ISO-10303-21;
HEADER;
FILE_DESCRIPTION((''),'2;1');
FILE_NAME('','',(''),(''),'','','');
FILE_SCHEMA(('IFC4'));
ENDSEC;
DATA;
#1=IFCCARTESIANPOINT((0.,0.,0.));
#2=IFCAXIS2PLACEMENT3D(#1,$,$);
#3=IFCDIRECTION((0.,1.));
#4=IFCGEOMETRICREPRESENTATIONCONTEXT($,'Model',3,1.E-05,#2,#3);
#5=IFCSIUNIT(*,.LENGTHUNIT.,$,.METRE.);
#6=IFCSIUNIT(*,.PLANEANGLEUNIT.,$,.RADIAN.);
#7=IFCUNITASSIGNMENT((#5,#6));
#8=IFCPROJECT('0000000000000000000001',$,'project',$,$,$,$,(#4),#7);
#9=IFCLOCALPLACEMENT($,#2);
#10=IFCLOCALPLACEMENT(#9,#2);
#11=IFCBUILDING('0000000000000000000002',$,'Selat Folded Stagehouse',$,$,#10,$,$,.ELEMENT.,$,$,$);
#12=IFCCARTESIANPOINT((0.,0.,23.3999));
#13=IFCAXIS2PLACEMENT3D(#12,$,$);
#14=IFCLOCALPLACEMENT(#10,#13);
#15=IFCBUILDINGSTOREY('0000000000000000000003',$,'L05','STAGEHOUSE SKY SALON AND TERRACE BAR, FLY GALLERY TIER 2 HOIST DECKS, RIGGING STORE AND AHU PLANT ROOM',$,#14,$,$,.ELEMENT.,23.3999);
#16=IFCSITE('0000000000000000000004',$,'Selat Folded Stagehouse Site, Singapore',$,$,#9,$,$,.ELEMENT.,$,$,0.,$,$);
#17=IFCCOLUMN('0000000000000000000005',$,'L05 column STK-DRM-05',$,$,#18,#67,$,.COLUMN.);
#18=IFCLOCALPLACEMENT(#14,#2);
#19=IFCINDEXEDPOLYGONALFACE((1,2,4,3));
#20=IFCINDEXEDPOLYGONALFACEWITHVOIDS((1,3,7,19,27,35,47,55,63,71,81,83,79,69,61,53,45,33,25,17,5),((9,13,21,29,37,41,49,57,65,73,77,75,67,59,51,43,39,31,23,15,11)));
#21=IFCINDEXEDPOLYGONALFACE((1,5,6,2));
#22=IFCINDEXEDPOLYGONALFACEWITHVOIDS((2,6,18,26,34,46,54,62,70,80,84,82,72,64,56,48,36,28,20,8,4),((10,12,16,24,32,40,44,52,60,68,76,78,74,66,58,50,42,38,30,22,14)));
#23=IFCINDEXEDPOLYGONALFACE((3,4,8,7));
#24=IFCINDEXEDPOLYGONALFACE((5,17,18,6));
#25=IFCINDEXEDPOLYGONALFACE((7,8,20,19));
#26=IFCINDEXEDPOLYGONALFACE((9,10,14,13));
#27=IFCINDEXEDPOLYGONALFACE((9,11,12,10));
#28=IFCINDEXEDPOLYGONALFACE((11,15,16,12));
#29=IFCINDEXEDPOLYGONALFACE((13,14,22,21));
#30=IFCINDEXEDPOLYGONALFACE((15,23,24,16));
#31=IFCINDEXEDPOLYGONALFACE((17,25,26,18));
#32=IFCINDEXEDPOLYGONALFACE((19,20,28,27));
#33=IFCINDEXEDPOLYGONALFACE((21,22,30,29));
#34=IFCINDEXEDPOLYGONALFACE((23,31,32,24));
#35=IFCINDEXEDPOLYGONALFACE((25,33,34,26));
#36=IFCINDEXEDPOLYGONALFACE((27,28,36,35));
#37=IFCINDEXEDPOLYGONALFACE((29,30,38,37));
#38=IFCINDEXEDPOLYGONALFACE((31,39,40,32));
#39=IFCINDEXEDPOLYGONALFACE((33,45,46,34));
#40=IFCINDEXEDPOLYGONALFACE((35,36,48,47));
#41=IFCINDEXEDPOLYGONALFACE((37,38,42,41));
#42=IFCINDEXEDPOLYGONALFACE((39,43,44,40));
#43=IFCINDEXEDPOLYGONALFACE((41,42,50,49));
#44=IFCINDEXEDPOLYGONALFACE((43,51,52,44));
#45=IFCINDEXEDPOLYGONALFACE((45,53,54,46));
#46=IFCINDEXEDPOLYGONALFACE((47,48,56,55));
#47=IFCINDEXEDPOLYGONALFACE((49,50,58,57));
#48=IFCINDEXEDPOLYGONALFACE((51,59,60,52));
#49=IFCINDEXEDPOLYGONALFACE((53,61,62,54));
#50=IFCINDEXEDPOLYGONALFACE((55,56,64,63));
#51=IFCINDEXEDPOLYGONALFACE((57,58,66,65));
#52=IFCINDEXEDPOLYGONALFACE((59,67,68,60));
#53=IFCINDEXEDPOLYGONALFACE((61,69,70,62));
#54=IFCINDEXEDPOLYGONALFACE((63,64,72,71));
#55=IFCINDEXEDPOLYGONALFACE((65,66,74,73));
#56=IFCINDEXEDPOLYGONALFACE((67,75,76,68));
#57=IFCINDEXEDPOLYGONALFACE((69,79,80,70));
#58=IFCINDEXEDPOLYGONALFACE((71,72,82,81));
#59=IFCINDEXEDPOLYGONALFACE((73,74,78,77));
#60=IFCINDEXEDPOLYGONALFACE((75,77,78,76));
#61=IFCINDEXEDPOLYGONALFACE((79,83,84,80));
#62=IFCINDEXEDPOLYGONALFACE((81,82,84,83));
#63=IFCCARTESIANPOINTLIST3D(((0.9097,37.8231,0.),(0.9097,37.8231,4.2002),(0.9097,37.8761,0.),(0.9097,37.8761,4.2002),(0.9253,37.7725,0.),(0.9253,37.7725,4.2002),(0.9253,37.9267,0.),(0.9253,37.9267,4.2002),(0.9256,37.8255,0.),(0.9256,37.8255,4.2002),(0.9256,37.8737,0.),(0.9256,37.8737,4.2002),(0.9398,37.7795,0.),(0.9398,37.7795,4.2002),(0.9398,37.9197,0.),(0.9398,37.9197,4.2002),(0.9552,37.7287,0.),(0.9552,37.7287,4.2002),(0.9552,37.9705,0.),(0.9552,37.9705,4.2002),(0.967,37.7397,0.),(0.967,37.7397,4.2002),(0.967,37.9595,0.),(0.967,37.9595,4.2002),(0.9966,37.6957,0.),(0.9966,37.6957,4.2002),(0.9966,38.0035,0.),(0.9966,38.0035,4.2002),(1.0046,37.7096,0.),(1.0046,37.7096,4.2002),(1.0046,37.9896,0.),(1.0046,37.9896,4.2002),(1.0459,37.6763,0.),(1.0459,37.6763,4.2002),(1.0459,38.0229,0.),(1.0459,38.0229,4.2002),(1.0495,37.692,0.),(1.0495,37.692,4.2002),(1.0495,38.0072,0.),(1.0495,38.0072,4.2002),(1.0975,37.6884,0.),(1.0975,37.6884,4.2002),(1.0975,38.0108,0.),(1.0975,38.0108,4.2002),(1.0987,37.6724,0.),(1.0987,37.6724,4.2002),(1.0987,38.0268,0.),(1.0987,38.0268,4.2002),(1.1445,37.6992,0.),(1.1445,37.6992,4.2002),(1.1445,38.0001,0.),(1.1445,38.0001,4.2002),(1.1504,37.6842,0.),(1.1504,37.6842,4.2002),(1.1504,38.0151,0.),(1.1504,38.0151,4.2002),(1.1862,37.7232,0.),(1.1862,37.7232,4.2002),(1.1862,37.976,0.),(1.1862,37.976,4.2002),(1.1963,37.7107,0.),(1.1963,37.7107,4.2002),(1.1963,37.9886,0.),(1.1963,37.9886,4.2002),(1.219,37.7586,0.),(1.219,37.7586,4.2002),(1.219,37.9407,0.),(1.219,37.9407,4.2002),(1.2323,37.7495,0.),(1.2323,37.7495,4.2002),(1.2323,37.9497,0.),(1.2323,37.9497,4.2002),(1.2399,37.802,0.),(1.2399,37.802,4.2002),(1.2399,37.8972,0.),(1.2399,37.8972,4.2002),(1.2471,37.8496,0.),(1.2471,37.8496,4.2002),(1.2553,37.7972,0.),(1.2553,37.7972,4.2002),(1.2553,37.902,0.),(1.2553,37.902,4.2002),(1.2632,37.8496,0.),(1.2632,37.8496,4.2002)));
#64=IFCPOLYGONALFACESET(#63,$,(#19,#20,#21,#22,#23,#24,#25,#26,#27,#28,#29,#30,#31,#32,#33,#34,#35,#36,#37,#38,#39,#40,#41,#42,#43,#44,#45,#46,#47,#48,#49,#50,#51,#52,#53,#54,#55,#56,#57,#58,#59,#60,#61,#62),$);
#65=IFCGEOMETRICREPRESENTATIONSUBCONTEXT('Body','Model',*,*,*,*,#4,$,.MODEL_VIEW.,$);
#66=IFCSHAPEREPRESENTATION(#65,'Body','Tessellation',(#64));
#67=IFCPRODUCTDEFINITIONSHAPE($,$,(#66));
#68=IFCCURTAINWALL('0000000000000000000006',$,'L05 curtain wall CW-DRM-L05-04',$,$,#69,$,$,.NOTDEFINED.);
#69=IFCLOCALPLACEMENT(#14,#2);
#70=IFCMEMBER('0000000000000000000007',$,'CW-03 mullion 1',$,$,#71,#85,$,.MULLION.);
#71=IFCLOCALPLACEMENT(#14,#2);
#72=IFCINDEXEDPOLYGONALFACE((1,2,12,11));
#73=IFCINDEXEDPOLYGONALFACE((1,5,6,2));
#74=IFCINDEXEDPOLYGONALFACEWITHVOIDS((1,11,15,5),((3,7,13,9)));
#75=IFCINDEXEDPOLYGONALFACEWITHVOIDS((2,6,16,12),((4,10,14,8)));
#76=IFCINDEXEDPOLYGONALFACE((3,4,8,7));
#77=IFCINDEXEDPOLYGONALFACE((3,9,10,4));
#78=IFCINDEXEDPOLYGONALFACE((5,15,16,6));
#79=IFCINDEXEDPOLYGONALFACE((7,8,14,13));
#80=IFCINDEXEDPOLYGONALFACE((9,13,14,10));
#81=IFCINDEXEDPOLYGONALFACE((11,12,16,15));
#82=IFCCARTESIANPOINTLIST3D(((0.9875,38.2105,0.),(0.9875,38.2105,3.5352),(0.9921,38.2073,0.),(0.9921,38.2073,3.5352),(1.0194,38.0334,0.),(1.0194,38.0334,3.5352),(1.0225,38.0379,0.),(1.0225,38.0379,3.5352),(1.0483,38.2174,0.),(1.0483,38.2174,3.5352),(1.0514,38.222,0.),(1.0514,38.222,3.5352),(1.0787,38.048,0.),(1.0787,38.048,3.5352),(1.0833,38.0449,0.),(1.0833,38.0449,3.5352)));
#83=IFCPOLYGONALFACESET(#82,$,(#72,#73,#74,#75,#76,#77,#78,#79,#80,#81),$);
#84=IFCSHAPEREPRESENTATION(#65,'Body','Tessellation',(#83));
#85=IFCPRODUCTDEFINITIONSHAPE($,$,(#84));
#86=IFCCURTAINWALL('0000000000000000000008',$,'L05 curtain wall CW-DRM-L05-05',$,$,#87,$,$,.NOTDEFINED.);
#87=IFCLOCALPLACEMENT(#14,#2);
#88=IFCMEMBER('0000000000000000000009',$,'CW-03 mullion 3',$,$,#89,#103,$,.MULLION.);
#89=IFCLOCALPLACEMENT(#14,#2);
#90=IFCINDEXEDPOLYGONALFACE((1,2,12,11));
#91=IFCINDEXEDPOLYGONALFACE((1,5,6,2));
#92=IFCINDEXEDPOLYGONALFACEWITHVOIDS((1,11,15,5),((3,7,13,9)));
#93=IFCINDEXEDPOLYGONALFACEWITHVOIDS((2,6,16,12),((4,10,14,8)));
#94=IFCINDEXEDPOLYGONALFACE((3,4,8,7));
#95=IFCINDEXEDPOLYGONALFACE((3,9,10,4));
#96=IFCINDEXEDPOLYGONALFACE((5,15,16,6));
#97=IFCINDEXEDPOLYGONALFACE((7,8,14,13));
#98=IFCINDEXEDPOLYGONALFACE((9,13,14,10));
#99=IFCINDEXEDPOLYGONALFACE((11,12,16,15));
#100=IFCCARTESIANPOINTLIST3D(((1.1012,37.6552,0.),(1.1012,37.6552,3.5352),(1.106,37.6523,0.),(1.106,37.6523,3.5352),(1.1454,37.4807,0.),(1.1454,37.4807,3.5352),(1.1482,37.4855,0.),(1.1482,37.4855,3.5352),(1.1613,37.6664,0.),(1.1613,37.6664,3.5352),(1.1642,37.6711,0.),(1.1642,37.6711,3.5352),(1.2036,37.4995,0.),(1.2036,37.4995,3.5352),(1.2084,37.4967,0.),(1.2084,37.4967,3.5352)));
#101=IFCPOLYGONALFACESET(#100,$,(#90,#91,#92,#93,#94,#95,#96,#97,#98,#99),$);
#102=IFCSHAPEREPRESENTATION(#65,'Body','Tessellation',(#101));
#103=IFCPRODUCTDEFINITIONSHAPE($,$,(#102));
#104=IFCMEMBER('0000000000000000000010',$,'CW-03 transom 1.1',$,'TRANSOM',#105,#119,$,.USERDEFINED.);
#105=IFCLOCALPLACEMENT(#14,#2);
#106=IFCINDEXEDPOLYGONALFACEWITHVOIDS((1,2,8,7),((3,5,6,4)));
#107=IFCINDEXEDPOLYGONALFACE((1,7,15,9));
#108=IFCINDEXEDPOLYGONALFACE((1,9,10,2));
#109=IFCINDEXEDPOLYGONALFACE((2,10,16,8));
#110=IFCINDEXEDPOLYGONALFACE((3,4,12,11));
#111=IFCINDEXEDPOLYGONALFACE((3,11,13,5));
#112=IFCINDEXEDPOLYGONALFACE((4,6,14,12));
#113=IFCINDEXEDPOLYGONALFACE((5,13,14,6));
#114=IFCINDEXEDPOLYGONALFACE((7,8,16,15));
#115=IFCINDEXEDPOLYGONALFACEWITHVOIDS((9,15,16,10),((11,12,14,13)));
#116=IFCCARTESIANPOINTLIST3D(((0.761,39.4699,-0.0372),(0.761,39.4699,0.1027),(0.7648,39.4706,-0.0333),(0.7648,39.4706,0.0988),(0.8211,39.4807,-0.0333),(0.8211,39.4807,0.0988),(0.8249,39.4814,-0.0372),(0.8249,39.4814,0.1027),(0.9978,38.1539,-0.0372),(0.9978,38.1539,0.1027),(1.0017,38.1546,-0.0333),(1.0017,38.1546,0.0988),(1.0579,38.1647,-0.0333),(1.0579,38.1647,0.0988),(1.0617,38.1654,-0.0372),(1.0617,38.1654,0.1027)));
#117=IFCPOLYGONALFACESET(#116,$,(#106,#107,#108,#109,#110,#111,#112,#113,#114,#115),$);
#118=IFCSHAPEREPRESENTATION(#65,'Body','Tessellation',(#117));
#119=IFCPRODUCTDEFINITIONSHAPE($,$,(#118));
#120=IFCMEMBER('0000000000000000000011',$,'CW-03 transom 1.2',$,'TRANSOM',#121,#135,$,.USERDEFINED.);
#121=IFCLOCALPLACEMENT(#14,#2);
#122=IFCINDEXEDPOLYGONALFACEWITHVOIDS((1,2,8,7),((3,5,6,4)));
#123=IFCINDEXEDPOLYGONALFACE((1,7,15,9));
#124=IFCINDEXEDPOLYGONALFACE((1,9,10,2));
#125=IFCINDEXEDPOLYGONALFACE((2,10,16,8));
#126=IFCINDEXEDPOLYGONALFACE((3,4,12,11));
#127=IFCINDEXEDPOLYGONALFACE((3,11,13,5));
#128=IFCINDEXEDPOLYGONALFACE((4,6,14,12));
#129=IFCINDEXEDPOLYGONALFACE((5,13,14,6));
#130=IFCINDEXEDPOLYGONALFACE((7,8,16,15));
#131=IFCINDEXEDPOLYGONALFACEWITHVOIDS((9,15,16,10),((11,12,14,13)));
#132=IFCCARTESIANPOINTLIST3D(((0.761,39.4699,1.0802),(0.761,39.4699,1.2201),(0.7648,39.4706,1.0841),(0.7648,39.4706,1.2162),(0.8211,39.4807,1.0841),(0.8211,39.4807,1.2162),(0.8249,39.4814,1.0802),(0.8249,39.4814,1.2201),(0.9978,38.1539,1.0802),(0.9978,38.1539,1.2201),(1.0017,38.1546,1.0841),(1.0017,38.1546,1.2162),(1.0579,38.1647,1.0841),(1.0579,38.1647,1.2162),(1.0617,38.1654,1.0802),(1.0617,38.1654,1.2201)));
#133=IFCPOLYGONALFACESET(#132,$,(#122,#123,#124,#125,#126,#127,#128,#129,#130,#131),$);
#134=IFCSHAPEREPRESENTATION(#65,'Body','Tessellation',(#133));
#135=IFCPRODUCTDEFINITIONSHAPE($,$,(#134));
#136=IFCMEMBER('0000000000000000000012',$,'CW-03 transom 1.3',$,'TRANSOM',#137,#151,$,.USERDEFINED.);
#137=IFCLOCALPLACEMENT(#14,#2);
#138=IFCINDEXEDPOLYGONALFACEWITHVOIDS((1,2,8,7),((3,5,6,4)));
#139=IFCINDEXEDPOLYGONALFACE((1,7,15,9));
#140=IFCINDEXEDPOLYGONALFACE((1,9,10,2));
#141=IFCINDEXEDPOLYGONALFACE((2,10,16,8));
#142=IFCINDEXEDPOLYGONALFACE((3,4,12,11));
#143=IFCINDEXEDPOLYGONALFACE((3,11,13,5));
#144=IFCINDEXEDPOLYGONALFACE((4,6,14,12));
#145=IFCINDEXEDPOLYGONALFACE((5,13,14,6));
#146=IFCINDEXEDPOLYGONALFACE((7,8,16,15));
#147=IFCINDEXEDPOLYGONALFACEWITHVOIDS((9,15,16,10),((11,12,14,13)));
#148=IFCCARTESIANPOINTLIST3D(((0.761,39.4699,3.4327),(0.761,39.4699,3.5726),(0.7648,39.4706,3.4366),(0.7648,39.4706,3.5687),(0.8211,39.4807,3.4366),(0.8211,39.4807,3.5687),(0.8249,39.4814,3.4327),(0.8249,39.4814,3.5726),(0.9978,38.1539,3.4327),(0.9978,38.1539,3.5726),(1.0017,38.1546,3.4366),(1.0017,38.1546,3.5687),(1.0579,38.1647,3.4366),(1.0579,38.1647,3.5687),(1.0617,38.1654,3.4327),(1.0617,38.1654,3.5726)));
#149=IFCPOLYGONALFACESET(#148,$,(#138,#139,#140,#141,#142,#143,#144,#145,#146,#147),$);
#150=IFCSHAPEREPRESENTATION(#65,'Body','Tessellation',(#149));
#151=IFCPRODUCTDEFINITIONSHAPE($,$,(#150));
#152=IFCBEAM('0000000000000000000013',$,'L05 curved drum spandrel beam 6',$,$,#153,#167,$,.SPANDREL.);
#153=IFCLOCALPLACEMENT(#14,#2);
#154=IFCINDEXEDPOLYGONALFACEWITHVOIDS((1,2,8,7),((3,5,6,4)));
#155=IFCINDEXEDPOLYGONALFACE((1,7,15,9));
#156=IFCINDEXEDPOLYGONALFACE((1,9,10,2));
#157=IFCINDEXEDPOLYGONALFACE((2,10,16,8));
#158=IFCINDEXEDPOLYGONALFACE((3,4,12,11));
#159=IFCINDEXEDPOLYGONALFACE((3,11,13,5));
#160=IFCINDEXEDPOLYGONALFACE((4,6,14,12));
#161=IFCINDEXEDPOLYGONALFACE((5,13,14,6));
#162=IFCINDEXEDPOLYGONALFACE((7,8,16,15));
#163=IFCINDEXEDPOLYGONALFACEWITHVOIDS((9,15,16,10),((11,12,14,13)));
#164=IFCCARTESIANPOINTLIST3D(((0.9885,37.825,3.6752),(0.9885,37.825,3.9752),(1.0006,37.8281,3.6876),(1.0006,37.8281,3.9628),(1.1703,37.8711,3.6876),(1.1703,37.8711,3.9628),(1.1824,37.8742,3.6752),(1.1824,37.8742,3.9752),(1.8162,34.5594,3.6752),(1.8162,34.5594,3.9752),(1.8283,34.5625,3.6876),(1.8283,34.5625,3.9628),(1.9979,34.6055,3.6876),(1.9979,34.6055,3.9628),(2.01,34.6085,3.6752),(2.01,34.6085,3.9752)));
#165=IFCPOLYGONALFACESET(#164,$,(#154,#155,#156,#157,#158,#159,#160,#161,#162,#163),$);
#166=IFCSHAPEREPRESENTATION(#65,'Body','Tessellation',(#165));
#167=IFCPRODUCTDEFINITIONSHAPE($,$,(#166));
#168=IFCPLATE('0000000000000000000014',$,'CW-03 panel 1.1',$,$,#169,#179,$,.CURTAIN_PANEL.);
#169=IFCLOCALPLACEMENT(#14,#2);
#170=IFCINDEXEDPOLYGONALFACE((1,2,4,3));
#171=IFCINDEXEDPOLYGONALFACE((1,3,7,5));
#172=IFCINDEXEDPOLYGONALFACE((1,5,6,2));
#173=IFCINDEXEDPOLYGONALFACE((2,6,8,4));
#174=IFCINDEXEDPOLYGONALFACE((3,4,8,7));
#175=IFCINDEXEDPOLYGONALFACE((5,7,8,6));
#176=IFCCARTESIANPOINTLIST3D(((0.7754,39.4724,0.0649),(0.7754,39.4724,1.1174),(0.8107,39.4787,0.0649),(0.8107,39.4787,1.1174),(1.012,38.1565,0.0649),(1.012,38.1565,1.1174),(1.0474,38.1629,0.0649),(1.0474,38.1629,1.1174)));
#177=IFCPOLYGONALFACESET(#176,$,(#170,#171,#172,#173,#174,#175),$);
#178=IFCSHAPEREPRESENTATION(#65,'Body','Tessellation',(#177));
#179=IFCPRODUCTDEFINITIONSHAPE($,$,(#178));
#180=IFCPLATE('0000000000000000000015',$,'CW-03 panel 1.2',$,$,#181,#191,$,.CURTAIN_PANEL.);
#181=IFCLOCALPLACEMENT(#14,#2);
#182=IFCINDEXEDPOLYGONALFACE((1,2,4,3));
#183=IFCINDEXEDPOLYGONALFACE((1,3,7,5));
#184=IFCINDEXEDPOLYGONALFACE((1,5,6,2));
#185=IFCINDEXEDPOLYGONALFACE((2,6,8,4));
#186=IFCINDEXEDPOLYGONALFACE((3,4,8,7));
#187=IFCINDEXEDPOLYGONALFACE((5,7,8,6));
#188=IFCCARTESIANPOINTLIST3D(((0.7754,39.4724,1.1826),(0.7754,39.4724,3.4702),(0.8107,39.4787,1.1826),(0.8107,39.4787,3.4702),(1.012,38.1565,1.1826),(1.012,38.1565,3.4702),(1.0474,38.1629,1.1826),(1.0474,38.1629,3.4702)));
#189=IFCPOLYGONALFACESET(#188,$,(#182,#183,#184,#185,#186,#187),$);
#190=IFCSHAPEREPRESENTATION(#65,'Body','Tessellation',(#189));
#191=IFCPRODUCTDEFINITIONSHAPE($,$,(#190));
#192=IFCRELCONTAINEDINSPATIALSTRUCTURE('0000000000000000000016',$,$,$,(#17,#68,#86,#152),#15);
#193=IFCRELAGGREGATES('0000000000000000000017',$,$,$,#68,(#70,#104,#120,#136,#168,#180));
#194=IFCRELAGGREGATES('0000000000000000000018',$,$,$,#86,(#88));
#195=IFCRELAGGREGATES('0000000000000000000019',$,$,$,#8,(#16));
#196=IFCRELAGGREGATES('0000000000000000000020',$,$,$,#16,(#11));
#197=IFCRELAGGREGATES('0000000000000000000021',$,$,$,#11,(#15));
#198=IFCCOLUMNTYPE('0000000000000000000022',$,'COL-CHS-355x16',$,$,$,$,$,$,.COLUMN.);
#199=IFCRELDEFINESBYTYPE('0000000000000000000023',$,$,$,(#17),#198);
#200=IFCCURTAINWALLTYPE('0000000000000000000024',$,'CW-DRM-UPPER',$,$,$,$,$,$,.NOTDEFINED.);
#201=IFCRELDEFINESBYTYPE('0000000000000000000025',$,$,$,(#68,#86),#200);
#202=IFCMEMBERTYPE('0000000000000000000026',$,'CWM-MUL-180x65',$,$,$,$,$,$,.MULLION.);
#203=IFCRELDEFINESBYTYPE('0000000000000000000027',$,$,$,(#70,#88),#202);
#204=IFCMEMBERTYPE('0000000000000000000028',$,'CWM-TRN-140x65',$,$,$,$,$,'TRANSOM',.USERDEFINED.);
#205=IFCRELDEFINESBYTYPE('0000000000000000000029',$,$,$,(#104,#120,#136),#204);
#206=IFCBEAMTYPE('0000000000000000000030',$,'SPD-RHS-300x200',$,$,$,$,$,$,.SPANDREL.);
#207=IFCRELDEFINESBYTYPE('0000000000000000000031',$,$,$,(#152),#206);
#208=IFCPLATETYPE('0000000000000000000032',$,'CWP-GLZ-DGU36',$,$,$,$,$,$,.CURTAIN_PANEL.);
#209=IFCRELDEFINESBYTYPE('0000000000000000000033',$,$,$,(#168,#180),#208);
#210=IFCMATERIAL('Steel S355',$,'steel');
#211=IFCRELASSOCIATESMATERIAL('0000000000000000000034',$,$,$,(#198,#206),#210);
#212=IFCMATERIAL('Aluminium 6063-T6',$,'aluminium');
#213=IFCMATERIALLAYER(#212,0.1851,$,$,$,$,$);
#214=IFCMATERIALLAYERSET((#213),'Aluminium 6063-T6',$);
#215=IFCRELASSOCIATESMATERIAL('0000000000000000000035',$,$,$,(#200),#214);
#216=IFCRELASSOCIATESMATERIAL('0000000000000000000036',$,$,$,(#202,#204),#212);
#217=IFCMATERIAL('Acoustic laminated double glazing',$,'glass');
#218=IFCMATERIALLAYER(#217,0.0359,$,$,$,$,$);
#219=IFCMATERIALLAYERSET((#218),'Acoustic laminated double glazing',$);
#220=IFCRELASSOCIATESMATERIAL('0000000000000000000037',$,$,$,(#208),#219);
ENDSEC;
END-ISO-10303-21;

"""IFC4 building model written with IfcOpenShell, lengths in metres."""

from ifc_helpers import new_model, si_unit, direction, frame, origin, origin_2d, place, context, subcontext, project, spatial, rectangle, hollow_rectangle, hollow_circle, extrude, material, layer, layer_set, material_profile, profile_set, type_object, element, aggregate, save


model = new_model("IFC4")

# Units and contexts
model_context = context("Model", 3, precision=1e-05, world=origin(), true_north=direction((0.0, 1.0)))
body_context = subcontext(model_context, "Body", "Model", "MODEL_VIEW")
ifc_project = project(units=[si_unit("LENGTHUNIT", "METRE"), si_unit("PLANEANGLEUNIT", "RADIAN")], contexts=[model_context])

# Site, building, storey
site_placement = place(None, origin())
site = spatial("IfcSite", under=ifc_project, at=site_placement, Name="Selat Folded Stagehouse Site, Singapore", CompositionType="ELEMENT", RefElevation=0.0)
building_placement = place(site_placement, origin())
building = spatial("IfcBuilding", under=site, at=building_placement, Name="Selat Folded Stagehouse", CompositionType="ELEMENT")
storey_placement = place(building_placement, frame((0.0, 0.0, 23.3999)))
storey = spatial("IfcBuildingStorey", under=building, at=storey_placement, Name="L05", Description="STAGEHOUSE SKY SALON AND TERRACE BAR, FLY GALLERY TIER 2 HOIST DECKS, RIGGING STORE AND AHU PLANT ROOM", CompositionType="ELEMENT", Elevation=23.3999)

# Column
ifc_material_1 = material(Name="Steel S355", Category="steel")
ifc_material_profile_1 = material_profile(ifc_material_1, hollow_circle(Radius=0.1777, WallThickness=0.0161, at=origin_2d()), Name="CHS 355.6x16.0")
ifc_profile_set_1 = profile_set([ifc_material_profile_1], Name="Steel S355")
column_type = type_object("IfcColumnType", Name="COL-CHS-355x16", PredefinedType="COLUMN", material=ifc_profile_set_1)
column_placement = place(storey_placement, frame((1.0854, 37.8496, 0.0), z_axis=(0.0, 0.0, 1.0), x_axis=(1.0, 0.0, 0.0)))
element("IfcColumn", 1, at=column_placement, inside=storey, type_object=column_type, Name="L05 column STK-DRM-05", PredefinedType="COLUMN", context=body_context, shape_type="SweptSolid", body=[
    extrude(hollow_circle(Radius=0.1777, WallThickness=0.0161, at=origin_2d()), origin(), (0.0, 0.0, 1.0), 4.2002),
])

# Curtain walls, members
ifc_material_2 = material(Name="Aluminium 6063-T6", Category="aluminium")
ifc_layer_1 = layer(ifc_material_2, 0.1851)
ifc_layer_set_1 = layer_set([ifc_layer_1], Name="Aluminium 6063-T6")
curtain_wall_type = type_object("IfcCurtainWallType", Name="CW-DRM-UPPER", PredefinedType="NOTDEFINED", material=ifc_layer_set_1)
curtain_wall_1_placement = place(storey_placement, origin())
curtain_wall_1 = element("IfcCurtainWall", 2, at=curtain_wall_1_placement, inside=storey, type_object=curtain_wall_type, Name="L05 curtain wall CW-DRM-L05-04", PredefinedType="NOTDEFINED")
ifc_material_profile_2 = material_profile(ifc_material_2, hollow_rectangle(XDim=0.0649, YDim=0.1799, WallThickness=0.0039, at=origin_2d()), Name="ALU 180x65x4.0")
ifc_profile_set_2 = profile_set([ifc_material_profile_2], Name="Aluminium 6063-T6")
member_type_1 = type_object("IfcMemberType", Name="CWM-MUL-180x65", PredefinedType="MULLION", material=ifc_profile_set_2)
member_1_placement = place(storey_placement, frame((1.0354, 38.1277, 0.0), z_axis=(0.0, 0.0, 1.0), x_axis=(-0.984211, -0.177002, 0.0)))
member_1 = element("IfcMember", 3, at=member_1_placement, type_object=member_type_1, Name="CW-03 mullion 1", PredefinedType="MULLION", context=body_context, shape_type="SweptSolid", body=[
    extrude(hollow_rectangle(XDim=0.0649, YDim=0.1799, WallThickness=0.0039, at=origin_2d()), origin(), (0.0, 0.0, 1.0), 3.5352),
])
curtain_wall_2_placement = place(storey_placement, origin())
curtain_wall_2 = element("IfcCurtainWall", 4, at=curtain_wall_2_placement, inside=storey, type_object=curtain_wall_type, Name="L05 curtain wall CW-DRM-L05-05", PredefinedType="NOTDEFINED")
member_2_placement = place(storey_placement, frame((1.1548, 37.5759, 0.0), z_axis=(0.0, 0.0, 1.0), x_axis=(-0.969367, -0.245618, 0.0)))
member_2 = element("IfcMember", 5, at=member_2_placement, type_object=member_type_1, Name="CW-03 mullion 3", PredefinedType="MULLION", context=body_context, shape_type="SweptSolid", body=[
    extrude(hollow_rectangle(XDim=0.0649, YDim=0.1799, WallThickness=0.0039, at=origin_2d()), origin(), (0.0, 0.0, 1.0), 3.5352),
])

# Members
ifc_material_profile_3 = material_profile(ifc_material_2, hollow_rectangle(XDim=0.0649, YDim=0.1399, WallThickness=0.0039, at=origin_2d()), Name="ALU 140x65x4.0")
ifc_profile_set_3 = profile_set([ifc_material_profile_3], Name="Aluminium 6063-T6")
member_type_2 = type_object("IfcMemberType", Name="CWM-TRN-140x65", ElementType="TRANSOM", PredefinedType="USERDEFINED", material=ifc_profile_set_3)
member_3_placement = place(storey_placement, frame((1.0298, 38.1597, 0.0327), z_axis=(-0.177118, 0.98419, 0.0), x_axis=(-0.98419, -0.177118, 0.0)))
member_3 = element("IfcMember", 6, at=member_3_placement, type_object=member_type_2, Name="CW-03 transom 1.1", ObjectType="TRANSOM", PredefinedType="USERDEFINED", context=body_context, shape_type="SweptSolid", body=[
    extrude(hollow_rectangle(XDim=0.0649, YDim=0.1399, WallThickness=0.0039, at=origin_2d()), origin(), (0.0, 0.0, 1.0), 1.3372),
])
member_4_placement = place(storey_placement, frame((1.0298, 38.1597, 1.1501), z_axis=(-0.177118, 0.98419, 0.0), x_axis=(-0.98419, -0.177118, 0.0)))
member_4 = element("IfcMember", 7, at=member_4_placement, type_object=member_type_2, Name="CW-03 transom 1.2", ObjectType="TRANSOM", PredefinedType="USERDEFINED", context=body_context, shape_type="SweptSolid", body=[
    extrude(hollow_rectangle(XDim=0.0649, YDim=0.1399, WallThickness=0.0039, at=origin_2d()), origin(), (0.0, 0.0, 1.0), 1.3372),
])
member_5_placement = place(storey_placement, frame((1.0298, 38.1597, 3.5027), z_axis=(-0.177118, 0.98419, 0.0), x_axis=(-0.98419, -0.177118, 0.0)))
member_5 = element("IfcMember", 8, at=member_5_placement, type_object=member_type_2, Name="CW-03 transom 1.3", ObjectType="TRANSOM", PredefinedType="USERDEFINED", context=body_context, shape_type="SweptSolid", body=[
    extrude(hollow_rectangle(XDim=0.0649, YDim=0.1399, WallThickness=0.0039, at=origin_2d()), origin(), (0.0, 0.0, 1.0), 1.3372),
])

# Beam
ifc_material_profile_4 = material_profile(ifc_material_1, hollow_rectangle(XDim=0.2, YDim=0.3, WallThickness=0.0125, at=origin_2d()), Name="RHS 300x200x12.5")
ifc_profile_set_4 = profile_set([ifc_material_profile_4], Name="Steel S355")
beam_type = type_object("IfcBeamType", Name="SPD-RHS-300x200", PredefinedType="SPANDREL", material=ifc_profile_set_4)
beam_placement = place(storey_placement, frame((1.0854, 37.8496, 3.8252), z_axis=(0.245672, -0.969353, 0.0), x_axis=(0.969353, 0.245672, 0.0)))
element("IfcBeam", 9, at=beam_placement, inside=storey, type_object=beam_type, Name="L05 curved drum spandrel beam 6", PredefinedType="SPANDREL", context=body_context, shape_type="SweptSolid", body=[
    extrude(hollow_rectangle(XDim=0.2, YDim=0.3, WallThickness=0.0125, at=origin_2d()), origin(), (0.0, 0.0, 1.0), 3.3689),
])

# Plates
ifc_material_3 = material(Name="Acoustic laminated double glazing", Category="glass")
ifc_layer_2 = layer(ifc_material_3, 0.0359)
ifc_layer_set_2 = layer_set([ifc_layer_2], Name="Acoustic laminated double glazing")
plate_type_1 = type_object("IfcPlateType", Name="CWP-GLZ-DGU36", PredefinedType="CURTAIN_PANEL", material=ifc_layer_set_2)
plate_1_placement = place(storey_placement, frame((0.9114, 38.8176, 0.0649), z_axis=(0.0, 0.0, 1.0), x_axis=(-0.177002, 0.984211, 0.0)))
plate_1 = element("IfcPlate", 10, at=plate_1_placement, type_object=plate_type_1, Name="CW-03 panel 1.1", PredefinedType="CURTAIN_PANEL", context=body_context, shape_type="SweptSolid", body=[
    extrude(rectangle(XDim=1.3369, YDim=0.0359, at=origin_2d()), origin(), (0.0, 0.0, 1.0), 1.0525),
])
plate_2_placement = place(storey_placement, frame((0.9114, 38.8176, 1.1826), z_axis=(0.0, 0.0, 1.0), x_axis=(-0.177002, 0.984211, 0.0)))
plate_2 = element("IfcPlate", 11, at=plate_2_placement, type_object=plate_type_1, Name="CW-03 panel 1.2", PredefinedType="CURTAIN_PANEL", context=body_context, shape_type="SweptSolid", body=[
    extrude(rectangle(XDim=1.3369, YDim=0.0359, at=origin_2d()), origin(), (0.0, 0.0, 1.0), 2.2876),
])
aggregate(curtain_wall_1, [member_1, member_3, member_4, member_5, plate_1, plate_2])
aggregate(curtain_wall_2, [member_2])

save(model, "model.ifc")
